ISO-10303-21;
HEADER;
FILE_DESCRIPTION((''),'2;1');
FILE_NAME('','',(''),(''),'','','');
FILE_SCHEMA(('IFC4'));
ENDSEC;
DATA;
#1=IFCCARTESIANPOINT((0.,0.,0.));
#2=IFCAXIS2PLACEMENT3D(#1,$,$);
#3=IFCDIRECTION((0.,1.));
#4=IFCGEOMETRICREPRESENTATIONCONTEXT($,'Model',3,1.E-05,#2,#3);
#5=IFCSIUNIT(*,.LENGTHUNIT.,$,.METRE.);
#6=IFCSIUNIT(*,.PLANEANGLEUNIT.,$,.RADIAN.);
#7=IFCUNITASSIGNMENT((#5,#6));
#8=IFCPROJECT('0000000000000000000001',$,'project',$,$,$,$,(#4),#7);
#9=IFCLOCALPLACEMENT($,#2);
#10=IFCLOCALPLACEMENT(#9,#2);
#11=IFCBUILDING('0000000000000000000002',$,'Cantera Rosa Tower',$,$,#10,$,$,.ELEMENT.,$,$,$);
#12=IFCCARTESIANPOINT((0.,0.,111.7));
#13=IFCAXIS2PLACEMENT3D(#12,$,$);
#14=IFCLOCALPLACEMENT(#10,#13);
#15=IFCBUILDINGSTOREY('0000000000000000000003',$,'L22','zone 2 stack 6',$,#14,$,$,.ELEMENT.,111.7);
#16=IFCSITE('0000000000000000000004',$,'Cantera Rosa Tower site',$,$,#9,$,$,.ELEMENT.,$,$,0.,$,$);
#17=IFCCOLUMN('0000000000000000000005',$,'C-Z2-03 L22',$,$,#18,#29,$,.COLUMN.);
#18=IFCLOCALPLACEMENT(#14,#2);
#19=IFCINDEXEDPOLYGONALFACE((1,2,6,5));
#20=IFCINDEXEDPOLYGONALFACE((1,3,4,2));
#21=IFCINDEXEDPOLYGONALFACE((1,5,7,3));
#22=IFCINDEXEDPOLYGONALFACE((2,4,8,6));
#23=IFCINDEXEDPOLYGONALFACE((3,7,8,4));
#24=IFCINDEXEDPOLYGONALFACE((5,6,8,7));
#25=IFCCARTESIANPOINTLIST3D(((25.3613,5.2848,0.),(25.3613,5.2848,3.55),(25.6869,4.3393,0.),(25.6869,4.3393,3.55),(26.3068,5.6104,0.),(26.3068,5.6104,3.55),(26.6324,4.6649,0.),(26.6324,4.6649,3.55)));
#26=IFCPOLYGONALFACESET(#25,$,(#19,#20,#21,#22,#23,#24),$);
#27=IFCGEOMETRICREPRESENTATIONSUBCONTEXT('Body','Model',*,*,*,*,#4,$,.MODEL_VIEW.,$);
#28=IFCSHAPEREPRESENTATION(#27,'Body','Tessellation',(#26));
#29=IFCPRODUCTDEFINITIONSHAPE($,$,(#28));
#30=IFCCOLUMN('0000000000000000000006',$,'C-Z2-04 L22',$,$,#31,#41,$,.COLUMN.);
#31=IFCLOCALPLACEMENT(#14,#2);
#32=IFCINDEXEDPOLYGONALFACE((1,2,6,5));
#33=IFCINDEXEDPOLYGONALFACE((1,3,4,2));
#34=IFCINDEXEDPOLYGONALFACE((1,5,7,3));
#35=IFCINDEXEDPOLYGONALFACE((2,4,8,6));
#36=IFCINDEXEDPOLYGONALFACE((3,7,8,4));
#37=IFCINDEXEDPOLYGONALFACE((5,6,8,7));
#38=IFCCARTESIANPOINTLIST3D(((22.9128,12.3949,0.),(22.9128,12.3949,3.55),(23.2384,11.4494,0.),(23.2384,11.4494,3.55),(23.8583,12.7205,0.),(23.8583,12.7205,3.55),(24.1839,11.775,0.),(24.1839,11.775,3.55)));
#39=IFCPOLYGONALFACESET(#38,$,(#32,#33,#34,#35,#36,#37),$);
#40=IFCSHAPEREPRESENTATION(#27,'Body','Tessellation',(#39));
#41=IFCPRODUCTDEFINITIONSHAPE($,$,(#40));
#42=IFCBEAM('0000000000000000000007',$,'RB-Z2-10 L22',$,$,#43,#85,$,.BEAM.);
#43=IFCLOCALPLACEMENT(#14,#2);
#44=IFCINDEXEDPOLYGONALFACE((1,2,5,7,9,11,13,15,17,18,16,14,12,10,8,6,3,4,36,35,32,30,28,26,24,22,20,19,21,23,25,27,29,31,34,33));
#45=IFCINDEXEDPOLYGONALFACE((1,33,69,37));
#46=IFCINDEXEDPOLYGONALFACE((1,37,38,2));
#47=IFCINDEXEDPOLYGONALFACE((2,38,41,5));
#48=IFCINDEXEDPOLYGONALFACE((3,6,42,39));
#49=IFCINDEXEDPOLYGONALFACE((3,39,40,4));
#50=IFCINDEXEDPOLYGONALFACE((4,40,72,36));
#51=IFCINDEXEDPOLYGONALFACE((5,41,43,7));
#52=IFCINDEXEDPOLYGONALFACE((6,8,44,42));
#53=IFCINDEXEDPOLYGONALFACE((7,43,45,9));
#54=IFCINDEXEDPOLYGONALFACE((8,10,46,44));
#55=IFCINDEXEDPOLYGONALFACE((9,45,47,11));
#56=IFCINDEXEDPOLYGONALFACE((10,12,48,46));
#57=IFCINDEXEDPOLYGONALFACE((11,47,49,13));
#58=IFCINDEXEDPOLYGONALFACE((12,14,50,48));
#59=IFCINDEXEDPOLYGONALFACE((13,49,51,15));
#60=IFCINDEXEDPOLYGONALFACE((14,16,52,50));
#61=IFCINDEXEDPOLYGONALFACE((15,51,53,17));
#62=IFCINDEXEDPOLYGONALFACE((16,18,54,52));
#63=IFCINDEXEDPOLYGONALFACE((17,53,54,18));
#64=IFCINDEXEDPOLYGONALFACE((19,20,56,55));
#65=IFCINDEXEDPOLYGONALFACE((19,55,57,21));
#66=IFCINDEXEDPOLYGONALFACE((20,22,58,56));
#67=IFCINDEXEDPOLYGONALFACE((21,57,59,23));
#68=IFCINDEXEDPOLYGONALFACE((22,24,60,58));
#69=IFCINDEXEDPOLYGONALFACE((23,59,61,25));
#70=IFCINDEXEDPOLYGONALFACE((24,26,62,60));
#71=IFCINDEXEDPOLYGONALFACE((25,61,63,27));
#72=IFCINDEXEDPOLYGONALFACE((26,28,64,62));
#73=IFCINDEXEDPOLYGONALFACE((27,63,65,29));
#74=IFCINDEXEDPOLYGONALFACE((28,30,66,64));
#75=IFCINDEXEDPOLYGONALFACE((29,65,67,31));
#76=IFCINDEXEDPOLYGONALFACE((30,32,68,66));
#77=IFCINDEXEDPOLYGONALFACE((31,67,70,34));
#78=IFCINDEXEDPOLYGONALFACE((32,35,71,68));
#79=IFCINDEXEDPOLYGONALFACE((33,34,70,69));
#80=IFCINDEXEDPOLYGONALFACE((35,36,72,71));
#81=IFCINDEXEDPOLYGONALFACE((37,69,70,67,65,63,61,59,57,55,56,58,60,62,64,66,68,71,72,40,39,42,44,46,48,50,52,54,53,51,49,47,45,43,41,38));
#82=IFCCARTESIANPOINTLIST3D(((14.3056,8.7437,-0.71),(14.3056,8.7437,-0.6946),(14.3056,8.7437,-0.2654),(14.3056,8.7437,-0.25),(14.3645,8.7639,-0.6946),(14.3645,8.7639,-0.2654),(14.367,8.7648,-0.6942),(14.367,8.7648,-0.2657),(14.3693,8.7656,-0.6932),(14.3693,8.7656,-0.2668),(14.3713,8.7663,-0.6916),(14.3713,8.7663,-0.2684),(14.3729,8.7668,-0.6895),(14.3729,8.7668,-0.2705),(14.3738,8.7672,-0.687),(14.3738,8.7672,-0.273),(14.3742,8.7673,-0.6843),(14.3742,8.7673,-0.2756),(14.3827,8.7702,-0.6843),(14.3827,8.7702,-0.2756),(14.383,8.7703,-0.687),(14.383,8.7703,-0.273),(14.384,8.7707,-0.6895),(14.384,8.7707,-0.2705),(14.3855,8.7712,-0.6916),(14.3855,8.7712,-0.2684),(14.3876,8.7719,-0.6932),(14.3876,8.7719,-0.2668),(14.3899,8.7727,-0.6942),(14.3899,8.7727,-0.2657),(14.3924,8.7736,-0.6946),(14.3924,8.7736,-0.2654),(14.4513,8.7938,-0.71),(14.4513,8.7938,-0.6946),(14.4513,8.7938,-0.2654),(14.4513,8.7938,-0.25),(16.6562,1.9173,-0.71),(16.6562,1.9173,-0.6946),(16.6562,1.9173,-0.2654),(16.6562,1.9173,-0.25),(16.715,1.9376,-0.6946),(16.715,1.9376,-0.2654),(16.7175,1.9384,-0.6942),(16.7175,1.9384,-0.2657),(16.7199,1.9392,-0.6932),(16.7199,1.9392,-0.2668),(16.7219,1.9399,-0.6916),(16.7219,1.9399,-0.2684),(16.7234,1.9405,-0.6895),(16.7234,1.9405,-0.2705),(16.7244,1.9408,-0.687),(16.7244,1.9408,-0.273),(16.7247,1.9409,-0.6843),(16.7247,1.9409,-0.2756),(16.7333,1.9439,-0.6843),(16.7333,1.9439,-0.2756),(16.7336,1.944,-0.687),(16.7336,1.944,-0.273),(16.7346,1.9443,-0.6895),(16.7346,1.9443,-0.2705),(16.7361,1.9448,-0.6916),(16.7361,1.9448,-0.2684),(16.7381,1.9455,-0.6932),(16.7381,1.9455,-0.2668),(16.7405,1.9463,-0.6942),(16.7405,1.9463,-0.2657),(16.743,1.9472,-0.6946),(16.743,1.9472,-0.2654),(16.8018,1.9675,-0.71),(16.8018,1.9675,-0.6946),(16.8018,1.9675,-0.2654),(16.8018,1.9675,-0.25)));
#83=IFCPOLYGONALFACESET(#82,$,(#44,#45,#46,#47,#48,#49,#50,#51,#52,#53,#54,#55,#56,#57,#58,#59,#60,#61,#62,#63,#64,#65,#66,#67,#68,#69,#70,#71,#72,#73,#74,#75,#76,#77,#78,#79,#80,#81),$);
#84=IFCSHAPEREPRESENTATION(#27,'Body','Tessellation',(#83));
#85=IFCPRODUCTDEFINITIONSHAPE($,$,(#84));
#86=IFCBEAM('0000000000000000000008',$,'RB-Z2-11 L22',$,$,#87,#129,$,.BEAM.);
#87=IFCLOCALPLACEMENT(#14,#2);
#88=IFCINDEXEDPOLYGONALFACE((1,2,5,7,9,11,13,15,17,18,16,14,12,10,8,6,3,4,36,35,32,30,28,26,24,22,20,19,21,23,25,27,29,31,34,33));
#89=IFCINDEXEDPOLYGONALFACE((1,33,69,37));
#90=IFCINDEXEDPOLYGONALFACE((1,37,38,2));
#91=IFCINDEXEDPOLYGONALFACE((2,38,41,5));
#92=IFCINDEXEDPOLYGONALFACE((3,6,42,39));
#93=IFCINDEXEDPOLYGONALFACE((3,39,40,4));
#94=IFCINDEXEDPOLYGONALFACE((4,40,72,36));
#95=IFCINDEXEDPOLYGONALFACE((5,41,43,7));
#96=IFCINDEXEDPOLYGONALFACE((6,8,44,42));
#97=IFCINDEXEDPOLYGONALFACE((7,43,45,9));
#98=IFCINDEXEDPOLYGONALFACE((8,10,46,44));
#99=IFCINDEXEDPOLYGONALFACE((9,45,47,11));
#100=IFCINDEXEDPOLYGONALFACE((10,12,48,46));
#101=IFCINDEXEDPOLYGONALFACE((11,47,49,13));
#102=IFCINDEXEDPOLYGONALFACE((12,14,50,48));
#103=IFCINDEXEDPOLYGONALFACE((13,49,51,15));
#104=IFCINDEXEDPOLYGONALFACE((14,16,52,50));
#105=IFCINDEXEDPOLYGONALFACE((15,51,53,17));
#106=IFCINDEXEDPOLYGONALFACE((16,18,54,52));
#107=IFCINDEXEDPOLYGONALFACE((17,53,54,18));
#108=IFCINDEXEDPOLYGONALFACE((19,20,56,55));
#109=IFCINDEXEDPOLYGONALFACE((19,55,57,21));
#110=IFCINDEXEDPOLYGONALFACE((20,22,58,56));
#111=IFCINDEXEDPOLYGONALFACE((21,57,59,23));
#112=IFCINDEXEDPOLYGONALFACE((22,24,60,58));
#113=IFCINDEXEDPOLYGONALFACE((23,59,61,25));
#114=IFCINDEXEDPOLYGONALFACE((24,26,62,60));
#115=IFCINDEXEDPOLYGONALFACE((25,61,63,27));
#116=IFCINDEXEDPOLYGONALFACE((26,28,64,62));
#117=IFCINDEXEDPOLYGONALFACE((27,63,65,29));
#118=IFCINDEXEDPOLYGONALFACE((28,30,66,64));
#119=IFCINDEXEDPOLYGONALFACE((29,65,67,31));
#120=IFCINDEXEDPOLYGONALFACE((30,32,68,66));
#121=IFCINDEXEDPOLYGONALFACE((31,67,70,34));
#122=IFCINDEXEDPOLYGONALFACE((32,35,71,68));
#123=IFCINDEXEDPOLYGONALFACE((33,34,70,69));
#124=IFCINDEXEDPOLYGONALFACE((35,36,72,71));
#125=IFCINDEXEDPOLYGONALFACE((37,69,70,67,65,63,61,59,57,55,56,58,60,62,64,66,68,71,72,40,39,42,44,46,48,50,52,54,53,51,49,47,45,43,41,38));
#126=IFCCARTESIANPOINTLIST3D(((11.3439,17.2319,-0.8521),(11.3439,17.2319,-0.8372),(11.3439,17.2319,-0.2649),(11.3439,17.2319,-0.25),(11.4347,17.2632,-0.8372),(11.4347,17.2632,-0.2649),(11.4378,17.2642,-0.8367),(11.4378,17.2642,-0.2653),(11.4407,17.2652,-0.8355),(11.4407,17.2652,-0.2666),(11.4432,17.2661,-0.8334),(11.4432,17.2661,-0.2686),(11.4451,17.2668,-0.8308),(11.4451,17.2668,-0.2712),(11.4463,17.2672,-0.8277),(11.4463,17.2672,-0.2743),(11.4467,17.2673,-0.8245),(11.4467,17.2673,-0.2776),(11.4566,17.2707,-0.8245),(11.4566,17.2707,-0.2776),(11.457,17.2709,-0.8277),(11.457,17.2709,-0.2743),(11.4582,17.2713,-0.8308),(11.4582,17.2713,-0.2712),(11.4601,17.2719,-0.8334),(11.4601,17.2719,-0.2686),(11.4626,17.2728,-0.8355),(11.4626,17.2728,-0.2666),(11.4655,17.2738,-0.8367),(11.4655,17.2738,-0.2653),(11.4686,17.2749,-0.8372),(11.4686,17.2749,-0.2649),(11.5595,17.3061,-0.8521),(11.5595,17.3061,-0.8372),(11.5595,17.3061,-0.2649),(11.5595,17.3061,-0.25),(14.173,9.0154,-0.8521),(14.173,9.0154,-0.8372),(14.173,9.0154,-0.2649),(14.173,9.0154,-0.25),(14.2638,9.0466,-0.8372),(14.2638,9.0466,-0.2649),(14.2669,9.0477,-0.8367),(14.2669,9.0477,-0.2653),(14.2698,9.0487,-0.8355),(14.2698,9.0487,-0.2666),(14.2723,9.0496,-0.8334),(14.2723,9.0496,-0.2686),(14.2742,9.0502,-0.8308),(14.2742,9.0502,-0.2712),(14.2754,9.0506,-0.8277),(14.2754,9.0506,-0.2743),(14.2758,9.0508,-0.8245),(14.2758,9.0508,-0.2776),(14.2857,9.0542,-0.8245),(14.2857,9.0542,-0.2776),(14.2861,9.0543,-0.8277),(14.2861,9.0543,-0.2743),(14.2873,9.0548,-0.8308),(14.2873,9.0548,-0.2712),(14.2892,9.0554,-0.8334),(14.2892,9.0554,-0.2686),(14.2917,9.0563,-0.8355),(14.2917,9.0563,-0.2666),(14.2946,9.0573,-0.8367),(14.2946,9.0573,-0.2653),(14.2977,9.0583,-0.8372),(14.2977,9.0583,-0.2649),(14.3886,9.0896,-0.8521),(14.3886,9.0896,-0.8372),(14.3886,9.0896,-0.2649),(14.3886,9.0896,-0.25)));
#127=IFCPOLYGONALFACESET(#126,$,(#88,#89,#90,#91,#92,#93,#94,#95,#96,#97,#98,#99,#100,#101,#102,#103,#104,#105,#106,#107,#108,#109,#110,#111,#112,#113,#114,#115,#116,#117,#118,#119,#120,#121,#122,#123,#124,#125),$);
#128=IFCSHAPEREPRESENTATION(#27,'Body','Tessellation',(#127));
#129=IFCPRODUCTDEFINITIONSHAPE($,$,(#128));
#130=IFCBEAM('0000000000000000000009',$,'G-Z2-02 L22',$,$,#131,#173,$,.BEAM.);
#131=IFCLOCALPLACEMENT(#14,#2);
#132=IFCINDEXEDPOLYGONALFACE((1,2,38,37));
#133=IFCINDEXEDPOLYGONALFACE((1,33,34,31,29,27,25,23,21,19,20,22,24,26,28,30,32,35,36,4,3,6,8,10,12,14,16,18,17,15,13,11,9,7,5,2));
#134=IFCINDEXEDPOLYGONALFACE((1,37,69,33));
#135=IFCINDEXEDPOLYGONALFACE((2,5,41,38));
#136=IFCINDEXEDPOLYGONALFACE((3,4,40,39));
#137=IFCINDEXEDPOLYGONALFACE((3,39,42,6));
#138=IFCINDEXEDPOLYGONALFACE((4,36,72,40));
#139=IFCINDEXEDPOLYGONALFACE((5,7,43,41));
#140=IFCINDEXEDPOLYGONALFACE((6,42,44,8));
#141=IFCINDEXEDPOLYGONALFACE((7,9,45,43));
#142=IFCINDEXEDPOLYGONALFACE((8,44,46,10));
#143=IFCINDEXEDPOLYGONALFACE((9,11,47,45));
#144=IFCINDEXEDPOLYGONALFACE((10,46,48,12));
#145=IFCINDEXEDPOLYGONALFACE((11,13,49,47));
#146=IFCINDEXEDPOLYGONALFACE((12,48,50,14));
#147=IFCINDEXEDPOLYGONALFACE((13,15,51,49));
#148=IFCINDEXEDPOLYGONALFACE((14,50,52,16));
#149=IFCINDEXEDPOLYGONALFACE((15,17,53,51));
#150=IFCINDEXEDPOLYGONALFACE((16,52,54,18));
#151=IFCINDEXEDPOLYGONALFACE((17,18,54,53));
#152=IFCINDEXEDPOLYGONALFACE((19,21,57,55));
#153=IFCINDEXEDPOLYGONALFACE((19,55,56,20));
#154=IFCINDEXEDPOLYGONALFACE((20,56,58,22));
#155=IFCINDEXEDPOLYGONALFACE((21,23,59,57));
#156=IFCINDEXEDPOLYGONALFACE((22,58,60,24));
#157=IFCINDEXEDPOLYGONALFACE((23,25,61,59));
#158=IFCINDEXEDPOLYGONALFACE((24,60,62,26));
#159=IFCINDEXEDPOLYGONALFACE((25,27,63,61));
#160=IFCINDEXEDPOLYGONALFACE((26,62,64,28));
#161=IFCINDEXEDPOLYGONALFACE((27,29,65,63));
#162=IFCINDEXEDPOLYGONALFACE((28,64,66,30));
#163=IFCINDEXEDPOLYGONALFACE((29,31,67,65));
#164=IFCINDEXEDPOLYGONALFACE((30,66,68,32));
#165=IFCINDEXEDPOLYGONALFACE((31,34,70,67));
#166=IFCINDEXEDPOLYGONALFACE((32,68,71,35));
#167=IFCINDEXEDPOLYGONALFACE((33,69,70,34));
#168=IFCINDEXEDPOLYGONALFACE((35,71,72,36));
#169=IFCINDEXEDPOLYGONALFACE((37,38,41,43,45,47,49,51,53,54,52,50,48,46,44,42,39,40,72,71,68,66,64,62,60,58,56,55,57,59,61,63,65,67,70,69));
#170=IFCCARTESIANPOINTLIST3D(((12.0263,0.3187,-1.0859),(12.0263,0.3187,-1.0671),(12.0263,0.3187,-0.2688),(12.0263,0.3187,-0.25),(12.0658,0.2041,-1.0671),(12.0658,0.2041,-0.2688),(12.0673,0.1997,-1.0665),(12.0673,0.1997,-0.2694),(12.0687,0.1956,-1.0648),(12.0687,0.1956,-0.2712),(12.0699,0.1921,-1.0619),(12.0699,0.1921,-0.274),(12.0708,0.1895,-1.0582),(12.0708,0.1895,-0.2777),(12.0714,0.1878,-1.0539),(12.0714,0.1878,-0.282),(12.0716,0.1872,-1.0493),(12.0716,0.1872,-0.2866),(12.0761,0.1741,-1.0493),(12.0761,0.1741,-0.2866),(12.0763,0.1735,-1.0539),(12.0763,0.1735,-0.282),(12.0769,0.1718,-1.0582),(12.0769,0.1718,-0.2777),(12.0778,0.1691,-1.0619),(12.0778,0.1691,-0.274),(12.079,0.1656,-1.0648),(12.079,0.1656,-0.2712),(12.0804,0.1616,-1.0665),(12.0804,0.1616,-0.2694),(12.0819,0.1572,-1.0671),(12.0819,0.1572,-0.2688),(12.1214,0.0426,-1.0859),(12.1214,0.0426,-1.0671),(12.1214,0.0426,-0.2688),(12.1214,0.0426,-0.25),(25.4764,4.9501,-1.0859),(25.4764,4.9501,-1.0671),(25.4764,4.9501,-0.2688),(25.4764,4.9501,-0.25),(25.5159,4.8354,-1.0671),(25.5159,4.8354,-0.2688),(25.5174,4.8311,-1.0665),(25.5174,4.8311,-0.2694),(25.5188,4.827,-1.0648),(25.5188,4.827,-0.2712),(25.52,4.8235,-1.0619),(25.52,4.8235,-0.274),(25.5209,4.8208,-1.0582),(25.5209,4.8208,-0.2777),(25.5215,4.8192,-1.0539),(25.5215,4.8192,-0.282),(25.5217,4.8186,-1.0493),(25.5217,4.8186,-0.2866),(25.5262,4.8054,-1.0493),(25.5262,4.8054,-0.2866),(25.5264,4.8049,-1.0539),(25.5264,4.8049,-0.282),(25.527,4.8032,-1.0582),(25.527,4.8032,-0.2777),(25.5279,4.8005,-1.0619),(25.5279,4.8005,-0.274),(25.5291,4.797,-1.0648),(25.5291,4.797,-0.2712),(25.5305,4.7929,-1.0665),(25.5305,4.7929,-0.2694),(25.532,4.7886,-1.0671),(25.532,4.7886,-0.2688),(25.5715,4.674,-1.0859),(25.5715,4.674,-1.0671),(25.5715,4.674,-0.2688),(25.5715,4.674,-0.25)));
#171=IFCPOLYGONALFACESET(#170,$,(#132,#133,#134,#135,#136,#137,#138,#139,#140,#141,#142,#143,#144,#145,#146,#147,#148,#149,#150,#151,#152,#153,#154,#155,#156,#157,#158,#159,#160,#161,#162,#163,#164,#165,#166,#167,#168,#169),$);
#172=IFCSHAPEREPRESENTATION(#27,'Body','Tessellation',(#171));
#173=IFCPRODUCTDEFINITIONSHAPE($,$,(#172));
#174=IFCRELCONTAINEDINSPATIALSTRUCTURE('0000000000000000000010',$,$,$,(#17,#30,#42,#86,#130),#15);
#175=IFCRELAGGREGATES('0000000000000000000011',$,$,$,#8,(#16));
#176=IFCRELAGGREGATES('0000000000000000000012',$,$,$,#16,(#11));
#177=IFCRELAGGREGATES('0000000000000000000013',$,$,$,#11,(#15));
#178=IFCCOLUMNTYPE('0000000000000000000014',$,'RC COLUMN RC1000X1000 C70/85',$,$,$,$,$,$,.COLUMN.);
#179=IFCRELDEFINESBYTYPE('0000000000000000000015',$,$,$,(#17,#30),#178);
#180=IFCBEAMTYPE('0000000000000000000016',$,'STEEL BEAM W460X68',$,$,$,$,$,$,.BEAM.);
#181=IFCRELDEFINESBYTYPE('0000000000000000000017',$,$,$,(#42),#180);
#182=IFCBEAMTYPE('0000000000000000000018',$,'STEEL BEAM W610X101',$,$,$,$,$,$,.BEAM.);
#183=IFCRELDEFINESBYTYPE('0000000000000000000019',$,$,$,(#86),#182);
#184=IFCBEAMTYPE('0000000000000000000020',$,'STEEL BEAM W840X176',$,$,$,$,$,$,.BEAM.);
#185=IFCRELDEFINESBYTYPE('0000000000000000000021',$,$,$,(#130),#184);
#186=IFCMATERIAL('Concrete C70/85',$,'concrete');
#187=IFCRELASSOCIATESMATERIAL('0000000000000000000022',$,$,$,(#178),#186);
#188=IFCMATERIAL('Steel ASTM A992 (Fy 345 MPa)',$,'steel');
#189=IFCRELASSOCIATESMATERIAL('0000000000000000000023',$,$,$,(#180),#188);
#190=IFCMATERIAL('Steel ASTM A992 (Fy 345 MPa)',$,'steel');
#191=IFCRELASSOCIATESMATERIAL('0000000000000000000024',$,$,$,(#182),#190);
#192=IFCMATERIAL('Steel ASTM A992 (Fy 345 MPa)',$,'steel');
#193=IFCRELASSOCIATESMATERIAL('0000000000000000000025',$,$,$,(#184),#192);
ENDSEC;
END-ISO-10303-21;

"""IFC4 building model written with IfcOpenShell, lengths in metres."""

from ifc_helpers import new_model, si_unit, direction, frame, origin, origin_2d, place, context, subcontext, project, spatial, rectangle, i_section, extrude, material, material_profile, profile_set, type_object, element, save


model = new_model("IFC4")

# Units and contexts
model_context = context("Model", 3, precision=1e-05, world=origin(), true_north=direction((0.0, 1.0)))
body_context = subcontext(model_context, "Body", "Model", "MODEL_VIEW")
ifc_project = project(units=[si_unit("LENGTHUNIT", "METRE"), si_unit("PLANEANGLEUNIT", "RADIAN")], contexts=[model_context])

# Site, building, storey
site_placement = place(None, origin())
site = spatial("IfcSite", under=ifc_project, at=site_placement, Name="Cantera Rosa Tower site", CompositionType="ELEMENT", RefElevation=0.0)
building_placement = place(site_placement, origin())
building = spatial("IfcBuilding", under=site, at=building_placement, Name="Cantera Rosa Tower", CompositionType="ELEMENT")
storey_placement = place(building_placement, frame((0.0, 0.0, 111.7)))
storey = spatial("IfcBuildingStorey", under=building, at=storey_placement, Name="L22", Description="zone 2 stack 6", CompositionType="ELEMENT", Elevation=111.7)

# Columns
ifc_material_1 = material(Name="Concrete C70/85", Category="concrete")
ifc_material_profile_1 = material_profile(ifc_material_1, rectangle(XDim=1.0, YDim=1.0, at=origin_2d()), Name="RC COLUMN RC1000X1000 C70/85")
ifc_profile_set_1 = profile_set([ifc_material_profile_1], Name="Concrete C70/85")
column_type = type_object("IfcColumnType", Name="RC COLUMN RC1000X1000 C70/85", PredefinedType="COLUMN", material=ifc_profile_set_1)
for number, where, z_axis, x_axis, name in (
    (1, (25.9968, 4.9749, 0.0), (0.0, 0.0, 1.0), (0.945519, 0.325568, 0.0), "C-Z2-03 L22"),
    (2, (23.5483, 12.085, 0.0), (0.0, 0.0, 1.0), (0.945519, 0.325568, 0.0), "C-Z2-04 L22"),
):
    element("IfcColumn", number, at=place(storey_placement, frame(where, z_axis=z_axis, x_axis=x_axis)), inside=storey, type_object=column_type, Name=name, PredefinedType="COLUMN", context=body_context, shape_type="SweptSolid", body=[
        extrude(rectangle(XDim=1.0, YDim=1.0, at=origin_2d()), origin(), (0.0, 0.0, 1.0), 3.55),
    ])

# Beams
ifc_material_2 = material(Name="Steel ASTM A992 (Fy 345 MPa)", Category="steel")
ifc_material_profile_2 = material_profile(ifc_material_2, i_section(OverallWidth=0.1541, OverallDepth=0.46, WebThickness=0.009, FlangeThickness=0.0154, FilletRadius=0.0103, at=origin_2d()), Name="W460X68")
ifc_profile_set_2 = profile_set([ifc_material_profile_2], Name="Steel ASTM A992 (Fy 345 MPa)")
beam_type_1 = type_object("IfcBeamType", Name="STEEL BEAM W460X68", PredefinedType="BEAM", material=ifc_profile_set_2)
beam_1_placement = place(storey_placement, frame((16.729, 1.9424, -0.48), z_axis=(-0.325576, 0.945516, 0.0), x_axis=(-0.945516, -0.325576, 0.0)))
element("IfcBeam", 3, at=beam_1_placement, inside=storey, type_object=beam_type_1, Name="RB-Z2-10 L22", PredefinedType="BEAM", context=body_context, shape_type="SweptSolid", body=[
    extrude(i_section(OverallWidth=0.1541, OverallDepth=0.46, WebThickness=0.009, FlangeThickness=0.0154, FilletRadius=0.0103, at=origin_2d()), origin(), (0.0, 0.0, 1.0), 7.2197),
])
ifc_material_3 = material(Name="Steel ASTM A992 (Fy 345 MPa)", Category="steel")
ifc_material_profile_3 = material_profile(ifc_material_3, i_section(OverallWidth=0.228, OverallDepth=0.6021, WebThickness=0.0105, FlangeThickness=0.0149, FilletRadius=0.0127, at=origin_2d()), Name="W610X101")
ifc_profile_set_3 = profile_set([ifc_material_profile_3], Name="Steel ASTM A992 (Fy 345 MPa)")
beam_type_2 = type_object("IfcBeamType", Name="STEEL BEAM W610X101", PredefinedType="BEAM", material=ifc_profile_set_3)
beam_2_placement = place(storey_placement, frame((14.2808, 9.0525, -0.551), z_axis=(-0.325559, 0.945522, 0.0), x_axis=(-0.945522, -0.325559, 0.0)))
element("IfcBeam", 4, at=beam_2_placement, inside=storey, type_object=beam_type_2, Name="RB-Z2-11 L22", PredefinedType="BEAM", context=body_context, shape_type="SweptSolid", body=[
    extrude(i_section(OverallWidth=0.228, OverallDepth=0.6021, WebThickness=0.0105, FlangeThickness=0.0149, FilletRadius=0.0127, at=origin_2d()), origin(), (0.0, 0.0, 1.0), 8.6899),
])
ifc_material_4 = material(Name="Steel ASTM A992 (Fy 345 MPa)", Category="steel")
ifc_material_profile_4 = material_profile(ifc_material_4, i_section(OverallWidth=0.292, OverallDepth=0.8359, WebThickness=0.0139, FlangeThickness=0.0188, FilletRadius=0.0178, at=origin_2d()), Name="W840X176")
ifc_profile_set_4 = profile_set([ifc_material_profile_4], Name="Steel ASTM A992 (Fy 345 MPa)")
beam_type_3 = type_object("IfcBeamType", Name="STEEL BEAM W840X176", PredefinedType="BEAM", material=ifc_profile_set_4)
beam_3_placement = place(storey_placement, frame((25.5239, 4.812, -0.668), z_axis=(-0.945515, -0.325578, 0.0), x_axis=(0.325578, -0.945515, 0.0)))
element("IfcBeam", 5, at=beam_3_placement, inside=storey, type_object=beam_type_3, Name="G-Z2-02 L22", PredefinedType="BEAM", context=body_context, shape_type="SweptSolid", body=[
    extrude(i_section(OverallWidth=0.292, OverallDepth=0.8359, WebThickness=0.0139, FlangeThickness=0.0188, FilletRadius=0.0178, at=origin_2d()), origin(), (0.0, 0.0, 1.0), 14.2251),
])

save(model, "model.ifc")
